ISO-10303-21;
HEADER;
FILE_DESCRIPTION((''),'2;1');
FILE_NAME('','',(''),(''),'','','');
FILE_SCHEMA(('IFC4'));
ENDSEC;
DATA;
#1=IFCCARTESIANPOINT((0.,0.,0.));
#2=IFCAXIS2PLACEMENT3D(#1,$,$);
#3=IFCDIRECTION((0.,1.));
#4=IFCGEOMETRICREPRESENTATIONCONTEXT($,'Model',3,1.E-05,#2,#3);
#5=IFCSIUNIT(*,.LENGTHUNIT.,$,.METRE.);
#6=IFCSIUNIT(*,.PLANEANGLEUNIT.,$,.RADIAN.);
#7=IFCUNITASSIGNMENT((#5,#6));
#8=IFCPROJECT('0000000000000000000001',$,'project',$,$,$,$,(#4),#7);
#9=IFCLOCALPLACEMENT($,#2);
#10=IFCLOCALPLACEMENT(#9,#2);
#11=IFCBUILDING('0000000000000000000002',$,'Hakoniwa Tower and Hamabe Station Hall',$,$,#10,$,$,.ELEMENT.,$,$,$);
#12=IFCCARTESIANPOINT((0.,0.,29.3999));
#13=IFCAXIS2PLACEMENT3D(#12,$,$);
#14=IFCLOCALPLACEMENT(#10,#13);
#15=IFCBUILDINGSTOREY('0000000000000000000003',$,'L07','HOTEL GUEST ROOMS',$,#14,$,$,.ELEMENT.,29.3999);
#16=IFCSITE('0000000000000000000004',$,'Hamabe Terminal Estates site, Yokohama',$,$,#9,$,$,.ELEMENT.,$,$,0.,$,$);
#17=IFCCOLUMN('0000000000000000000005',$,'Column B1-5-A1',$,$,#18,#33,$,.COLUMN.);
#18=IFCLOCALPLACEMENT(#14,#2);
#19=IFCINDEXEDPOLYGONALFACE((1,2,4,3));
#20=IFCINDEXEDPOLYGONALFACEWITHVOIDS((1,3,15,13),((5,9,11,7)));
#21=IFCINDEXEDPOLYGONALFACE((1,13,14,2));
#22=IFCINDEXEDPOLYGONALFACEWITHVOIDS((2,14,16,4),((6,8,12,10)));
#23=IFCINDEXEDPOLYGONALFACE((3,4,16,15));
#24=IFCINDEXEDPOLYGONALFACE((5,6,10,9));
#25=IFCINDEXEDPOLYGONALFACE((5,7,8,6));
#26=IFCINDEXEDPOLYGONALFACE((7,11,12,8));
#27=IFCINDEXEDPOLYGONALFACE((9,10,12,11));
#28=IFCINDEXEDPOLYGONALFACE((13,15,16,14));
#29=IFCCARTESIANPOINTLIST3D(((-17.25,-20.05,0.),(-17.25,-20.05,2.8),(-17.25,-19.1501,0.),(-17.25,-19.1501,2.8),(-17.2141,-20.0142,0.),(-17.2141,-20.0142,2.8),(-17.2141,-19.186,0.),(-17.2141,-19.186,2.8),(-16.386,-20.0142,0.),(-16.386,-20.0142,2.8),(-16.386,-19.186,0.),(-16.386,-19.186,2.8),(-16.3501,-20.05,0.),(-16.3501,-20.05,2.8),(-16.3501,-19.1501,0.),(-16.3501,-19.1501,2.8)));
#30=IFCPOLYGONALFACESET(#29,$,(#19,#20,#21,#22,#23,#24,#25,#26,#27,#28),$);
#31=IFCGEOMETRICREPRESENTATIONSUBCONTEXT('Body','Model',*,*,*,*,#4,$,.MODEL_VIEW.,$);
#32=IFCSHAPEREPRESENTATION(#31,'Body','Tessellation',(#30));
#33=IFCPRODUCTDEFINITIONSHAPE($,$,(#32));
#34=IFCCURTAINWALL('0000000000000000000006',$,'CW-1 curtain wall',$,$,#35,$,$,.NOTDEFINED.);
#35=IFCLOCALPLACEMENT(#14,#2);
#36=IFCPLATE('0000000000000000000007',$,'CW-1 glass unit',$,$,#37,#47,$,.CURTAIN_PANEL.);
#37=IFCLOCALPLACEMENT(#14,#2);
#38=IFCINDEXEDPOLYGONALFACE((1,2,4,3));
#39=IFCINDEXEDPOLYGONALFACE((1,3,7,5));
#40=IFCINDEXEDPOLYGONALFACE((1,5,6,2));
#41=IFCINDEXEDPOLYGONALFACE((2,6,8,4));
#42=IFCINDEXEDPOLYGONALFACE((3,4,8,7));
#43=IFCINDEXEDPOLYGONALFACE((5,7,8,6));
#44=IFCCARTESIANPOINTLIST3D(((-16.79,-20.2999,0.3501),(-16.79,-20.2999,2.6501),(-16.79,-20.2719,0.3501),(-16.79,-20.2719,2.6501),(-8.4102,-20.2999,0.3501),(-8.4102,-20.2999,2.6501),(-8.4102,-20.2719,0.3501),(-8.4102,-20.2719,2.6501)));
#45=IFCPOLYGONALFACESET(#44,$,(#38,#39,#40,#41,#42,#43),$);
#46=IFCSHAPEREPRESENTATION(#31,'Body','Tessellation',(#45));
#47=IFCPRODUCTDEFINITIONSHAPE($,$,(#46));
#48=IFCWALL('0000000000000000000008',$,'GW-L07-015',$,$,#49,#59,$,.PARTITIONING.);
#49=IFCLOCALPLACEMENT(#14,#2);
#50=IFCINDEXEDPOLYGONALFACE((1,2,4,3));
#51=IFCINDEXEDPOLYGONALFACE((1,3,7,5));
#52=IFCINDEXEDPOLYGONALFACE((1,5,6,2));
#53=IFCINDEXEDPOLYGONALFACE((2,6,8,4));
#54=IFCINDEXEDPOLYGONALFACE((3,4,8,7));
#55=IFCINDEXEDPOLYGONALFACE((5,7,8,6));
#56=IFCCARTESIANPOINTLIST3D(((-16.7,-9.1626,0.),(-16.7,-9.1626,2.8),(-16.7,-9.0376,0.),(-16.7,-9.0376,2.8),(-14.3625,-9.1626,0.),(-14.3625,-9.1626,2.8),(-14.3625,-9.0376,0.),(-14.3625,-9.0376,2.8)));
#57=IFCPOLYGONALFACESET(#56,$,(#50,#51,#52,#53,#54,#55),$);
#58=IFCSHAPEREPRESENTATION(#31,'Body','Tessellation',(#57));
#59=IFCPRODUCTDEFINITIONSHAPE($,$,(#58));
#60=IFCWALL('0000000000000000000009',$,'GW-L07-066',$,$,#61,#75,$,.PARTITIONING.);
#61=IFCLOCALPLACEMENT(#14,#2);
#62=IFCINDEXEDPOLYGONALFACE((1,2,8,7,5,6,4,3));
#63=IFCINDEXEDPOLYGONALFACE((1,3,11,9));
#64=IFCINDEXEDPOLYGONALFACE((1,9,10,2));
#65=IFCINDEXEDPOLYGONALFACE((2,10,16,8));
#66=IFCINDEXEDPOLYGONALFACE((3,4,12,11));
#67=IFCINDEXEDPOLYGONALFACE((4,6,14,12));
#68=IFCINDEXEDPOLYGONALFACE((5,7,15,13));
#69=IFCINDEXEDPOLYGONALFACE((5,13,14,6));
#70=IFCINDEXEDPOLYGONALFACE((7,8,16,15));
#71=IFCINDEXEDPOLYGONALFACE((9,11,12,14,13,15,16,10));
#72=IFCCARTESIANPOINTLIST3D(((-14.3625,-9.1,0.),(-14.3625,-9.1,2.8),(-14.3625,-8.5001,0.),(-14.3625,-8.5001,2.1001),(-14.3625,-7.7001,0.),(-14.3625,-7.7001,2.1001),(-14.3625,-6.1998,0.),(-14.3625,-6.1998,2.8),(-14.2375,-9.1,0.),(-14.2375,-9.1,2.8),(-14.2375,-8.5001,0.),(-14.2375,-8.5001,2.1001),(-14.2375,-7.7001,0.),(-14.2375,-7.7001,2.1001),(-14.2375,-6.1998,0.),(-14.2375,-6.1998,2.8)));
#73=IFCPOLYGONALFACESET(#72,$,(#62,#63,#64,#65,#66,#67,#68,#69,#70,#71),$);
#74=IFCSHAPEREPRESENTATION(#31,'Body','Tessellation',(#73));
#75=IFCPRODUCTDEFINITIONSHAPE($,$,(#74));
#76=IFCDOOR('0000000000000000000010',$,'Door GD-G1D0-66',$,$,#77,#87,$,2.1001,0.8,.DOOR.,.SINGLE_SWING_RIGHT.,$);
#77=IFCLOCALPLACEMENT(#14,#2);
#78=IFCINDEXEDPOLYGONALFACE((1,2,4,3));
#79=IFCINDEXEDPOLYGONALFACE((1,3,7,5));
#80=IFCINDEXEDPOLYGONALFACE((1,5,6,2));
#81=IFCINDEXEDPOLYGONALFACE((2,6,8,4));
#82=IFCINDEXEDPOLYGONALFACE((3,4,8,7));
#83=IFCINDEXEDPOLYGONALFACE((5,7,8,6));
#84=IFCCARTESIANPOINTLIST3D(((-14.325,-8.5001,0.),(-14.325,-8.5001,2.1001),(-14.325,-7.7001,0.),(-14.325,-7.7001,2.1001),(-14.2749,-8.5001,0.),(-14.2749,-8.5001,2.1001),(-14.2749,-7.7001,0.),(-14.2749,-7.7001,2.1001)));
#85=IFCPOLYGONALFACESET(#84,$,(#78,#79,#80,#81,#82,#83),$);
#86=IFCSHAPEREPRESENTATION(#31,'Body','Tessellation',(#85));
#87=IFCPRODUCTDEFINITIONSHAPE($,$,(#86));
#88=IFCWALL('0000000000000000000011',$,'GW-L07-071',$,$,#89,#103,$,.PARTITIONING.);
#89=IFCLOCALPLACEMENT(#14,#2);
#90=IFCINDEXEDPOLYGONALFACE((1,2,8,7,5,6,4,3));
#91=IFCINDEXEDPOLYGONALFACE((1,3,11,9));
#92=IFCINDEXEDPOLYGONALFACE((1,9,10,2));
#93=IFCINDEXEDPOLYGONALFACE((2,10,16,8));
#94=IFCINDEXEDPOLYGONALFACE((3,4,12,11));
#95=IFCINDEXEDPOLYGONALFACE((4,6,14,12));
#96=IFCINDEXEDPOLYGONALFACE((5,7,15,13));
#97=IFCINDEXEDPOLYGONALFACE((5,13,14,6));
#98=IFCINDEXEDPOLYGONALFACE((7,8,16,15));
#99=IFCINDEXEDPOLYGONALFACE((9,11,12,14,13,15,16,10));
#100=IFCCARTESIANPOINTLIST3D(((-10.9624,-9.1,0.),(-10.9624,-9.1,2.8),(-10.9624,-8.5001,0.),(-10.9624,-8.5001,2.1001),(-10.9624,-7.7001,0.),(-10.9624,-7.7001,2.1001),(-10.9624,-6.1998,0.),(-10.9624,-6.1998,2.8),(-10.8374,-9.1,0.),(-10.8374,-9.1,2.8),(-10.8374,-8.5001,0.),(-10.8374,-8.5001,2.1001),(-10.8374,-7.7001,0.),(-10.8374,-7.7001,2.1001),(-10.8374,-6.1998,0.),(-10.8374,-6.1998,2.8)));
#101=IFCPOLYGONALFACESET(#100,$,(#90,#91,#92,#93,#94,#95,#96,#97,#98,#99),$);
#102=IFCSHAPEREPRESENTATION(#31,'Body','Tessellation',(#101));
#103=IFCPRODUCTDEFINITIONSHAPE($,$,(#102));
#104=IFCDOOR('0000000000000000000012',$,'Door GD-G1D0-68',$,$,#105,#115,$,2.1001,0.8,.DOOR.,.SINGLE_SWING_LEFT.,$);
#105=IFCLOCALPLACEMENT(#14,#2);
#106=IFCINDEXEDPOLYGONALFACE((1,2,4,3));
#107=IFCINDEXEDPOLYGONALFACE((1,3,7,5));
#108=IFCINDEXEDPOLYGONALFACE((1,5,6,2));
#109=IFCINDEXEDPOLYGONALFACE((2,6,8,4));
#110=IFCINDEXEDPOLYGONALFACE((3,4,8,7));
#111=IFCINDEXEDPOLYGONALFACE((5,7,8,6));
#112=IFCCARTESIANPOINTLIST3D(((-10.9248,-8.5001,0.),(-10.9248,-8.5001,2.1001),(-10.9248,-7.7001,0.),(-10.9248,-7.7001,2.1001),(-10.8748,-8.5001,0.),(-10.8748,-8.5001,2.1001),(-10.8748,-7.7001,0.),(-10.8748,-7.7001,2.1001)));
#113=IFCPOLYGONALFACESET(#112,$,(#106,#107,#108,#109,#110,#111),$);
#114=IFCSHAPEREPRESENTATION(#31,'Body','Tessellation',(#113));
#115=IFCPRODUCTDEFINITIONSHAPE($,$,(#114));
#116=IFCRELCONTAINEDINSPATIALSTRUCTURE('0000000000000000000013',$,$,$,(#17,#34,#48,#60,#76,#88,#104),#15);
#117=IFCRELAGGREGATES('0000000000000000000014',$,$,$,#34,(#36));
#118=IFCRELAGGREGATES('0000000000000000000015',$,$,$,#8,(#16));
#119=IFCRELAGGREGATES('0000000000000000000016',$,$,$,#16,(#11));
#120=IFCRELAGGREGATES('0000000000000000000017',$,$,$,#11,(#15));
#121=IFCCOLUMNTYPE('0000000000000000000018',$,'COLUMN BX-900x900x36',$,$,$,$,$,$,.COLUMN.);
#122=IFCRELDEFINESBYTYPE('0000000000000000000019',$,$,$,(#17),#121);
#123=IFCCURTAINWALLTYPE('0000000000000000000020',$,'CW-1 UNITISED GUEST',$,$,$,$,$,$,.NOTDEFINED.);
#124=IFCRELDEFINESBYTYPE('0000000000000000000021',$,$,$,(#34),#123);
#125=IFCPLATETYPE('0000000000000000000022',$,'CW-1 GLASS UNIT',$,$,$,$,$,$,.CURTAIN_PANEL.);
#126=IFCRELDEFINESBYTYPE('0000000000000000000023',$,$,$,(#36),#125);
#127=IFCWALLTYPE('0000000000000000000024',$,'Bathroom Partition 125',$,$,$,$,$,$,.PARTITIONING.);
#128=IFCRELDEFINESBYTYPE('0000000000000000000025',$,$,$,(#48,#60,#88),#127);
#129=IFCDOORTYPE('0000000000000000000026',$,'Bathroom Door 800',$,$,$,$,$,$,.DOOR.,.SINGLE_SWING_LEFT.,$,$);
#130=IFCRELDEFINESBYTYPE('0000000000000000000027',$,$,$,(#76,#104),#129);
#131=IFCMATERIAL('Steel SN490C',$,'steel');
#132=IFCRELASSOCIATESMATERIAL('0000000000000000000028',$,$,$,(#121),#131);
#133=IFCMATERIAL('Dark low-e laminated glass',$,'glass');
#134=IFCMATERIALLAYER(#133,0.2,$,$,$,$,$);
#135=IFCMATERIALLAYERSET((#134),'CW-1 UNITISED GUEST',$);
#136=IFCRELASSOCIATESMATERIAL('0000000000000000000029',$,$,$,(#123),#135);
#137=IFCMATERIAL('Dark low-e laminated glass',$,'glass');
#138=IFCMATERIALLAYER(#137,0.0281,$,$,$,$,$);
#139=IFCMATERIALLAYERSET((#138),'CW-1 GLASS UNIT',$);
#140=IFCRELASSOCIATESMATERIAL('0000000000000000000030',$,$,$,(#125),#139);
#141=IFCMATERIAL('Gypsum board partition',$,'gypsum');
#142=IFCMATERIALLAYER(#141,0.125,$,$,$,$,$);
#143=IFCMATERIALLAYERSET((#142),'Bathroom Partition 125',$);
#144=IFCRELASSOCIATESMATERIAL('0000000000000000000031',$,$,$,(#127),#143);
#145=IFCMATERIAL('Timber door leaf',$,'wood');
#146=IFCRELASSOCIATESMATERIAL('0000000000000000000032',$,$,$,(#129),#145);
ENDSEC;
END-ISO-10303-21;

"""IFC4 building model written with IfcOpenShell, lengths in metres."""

from ifc_helpers import new_model, si_unit, direction, frame, frame_2d, origin, origin_2d, place, context, subcontext, project, spatial, rectangle, hollow_rectangle, extrude, material, layer, layer_set, material_profile, profile_set, type_object, element, fill, aggregate, save


model = new_model("IFC4")

# Units and contexts
model_context = context("Model", 3, precision=1e-05, world=origin(), true_north=direction((0.0, 1.0)))
body_context = subcontext(model_context, "Body", "Model", "MODEL_VIEW")
ifc_project = project(units=[si_unit("LENGTHUNIT", "METRE"), si_unit("PLANEANGLEUNIT", "RADIAN")], contexts=[model_context])

# Site, building, storey
site_placement = place(None, origin())
site = spatial("IfcSite", under=ifc_project, at=site_placement, Name="Hamabe Terminal Estates site, Yokohama", CompositionType="ELEMENT", RefElevation=0.0)
building_placement = place(site_placement, origin())
building = spatial("IfcBuilding", under=site, at=building_placement, Name="Hakoniwa Tower and Hamabe Station Hall", CompositionType="ELEMENT")
storey_placement = place(building_placement, frame((0.0, 0.0, 29.3999)))
storey = spatial("IfcBuildingStorey", under=building, at=storey_placement, Name="L07", Description="HOTEL GUEST ROOMS", CompositionType="ELEMENT", Elevation=29.3999)

# Column
ifc_material_1 = material(Name="Steel SN490C", Category="steel")
ifc_material_profile = material_profile(ifc_material_1, hollow_rectangle(XDim=0.8999, YDim=0.8999, WallThickness=0.0359, at=origin_2d()), Name="BX-900x900x36")
ifc_profile_set = profile_set([ifc_material_profile], Name="Steel SN490C")
column_type = type_object("IfcColumnType", Name="COLUMN BX-900x900x36", PredefinedType="COLUMN", material=ifc_profile_set)
column_placement = place(storey_placement, frame((-16.8, -19.6001, 0.0), z_axis=(0.0, 0.0, 1.0), x_axis=(1.0, 0.0, 0.0)))
element("IfcColumn", 1, at=column_placement, inside=storey, type_object=column_type, Name="Column B1-5-A1", PredefinedType="COLUMN", context=body_context, shape_type="SweptSolid", body=[
    extrude(hollow_rectangle(XDim=0.8999, YDim=0.8999, WallThickness=0.0359, at=origin_2d()), origin(), (0.0, 0.0, 1.0), 2.8),
])

# Curtain wall, plate
ifc_material_2 = material(Name="Dark low-e laminated glass", Category="glass")
ifc_layer_1 = layer(ifc_material_2, 0.2)
ifc_layer_set_1 = layer_set([ifc_layer_1], Name="CW-1 UNITISED GUEST")
curtain_wall_type = type_object("IfcCurtainWallType", Name="CW-1 UNITISED GUEST", PredefinedType="NOTDEFINED", material=ifc_layer_set_1)
curtain_wall_placement = place(storey_placement, origin())
curtain_wall = element("IfcCurtainWall", 2, at=curtain_wall_placement, inside=storey, type_object=curtain_wall_type, Name="CW-1 curtain wall", PredefinedType="NOTDEFINED")
ifc_material_3 = material(Name="Dark low-e laminated glass", Category="glass")
ifc_layer_2 = layer(ifc_material_3, 0.0281)
ifc_layer_set_2 = layer_set([ifc_layer_2], Name="CW-1 GLASS UNIT")
plate_type = type_object("IfcPlateType", Name="CW-1 GLASS UNIT", PredefinedType="CURTAIN_PANEL", material=ifc_layer_set_2)
plate_placement = place(storey_placement, frame((-12.6001, -20.2859, 0.3501), z_axis=(0.0, 0.0, 1.0), x_axis=(1.0, 0.0, 0.0)))
plate = element("IfcPlate", 3, at=plate_placement, type_object=plate_type, Name="CW-1 glass unit", PredefinedType="CURTAIN_PANEL", context=body_context, shape_type="SweptSolid", body=[
    extrude(rectangle(XDim=8.3799, YDim=0.0281, at=origin_2d()), origin(), (0.0, 0.0, 1.0), 2.3),
])
aggregate(curtain_wall, [plate])

# Wall
ifc_material_4 = material(Name="Gypsum board partition", Category="gypsum")
ifc_layer_3 = layer(ifc_material_4, 0.125)
ifc_layer_set_3 = layer_set([ifc_layer_3], Name="Bathroom Partition 125")
wall_type_1 = type_object("IfcWallType", Name="Bathroom Partition 125", PredefinedType="PARTITIONING", material=ifc_layer_set_3)
wall_1_placement = place(storey_placement, frame((-16.7, -9.1001, 0.0), z_axis=(0.0, 0.0, 1.0), x_axis=(1.0, 0.0, 0.0)))
element("IfcWall", 4, at=wall_1_placement, inside=storey, type_object=wall_type_1, Name="GW-L07-015", PredefinedType="PARTITIONING", context=body_context, shape_type="SweptSolid", body=[
    extrude(rectangle(XDim=2.3374, YDim=0.125, at=frame_2d((1.1687, 0.0))), origin(), (0.0, 0.0, 1.0), 2.8),
])

# Walls, openings, doors
wall_2_placement = place(storey_placement, frame((-14.3, -9.1001, 0.0), z_axis=(0.0, 0.0, 1.0), x_axis=(0.0, 1.0, 0.0)))
wall_2 = element("IfcWall", 5, at=wall_2_placement, inside=storey, type_object=wall_type_1, Name="GW-L07-066", PredefinedType="PARTITIONING", context=body_context, shape_type="SweptSolid", body=[
    extrude(rectangle(XDim=2.9001, YDim=0.125, at=frame_2d((1.4502, 0.0))), origin(), (0.0, 0.0, 1.0), 2.8),
])
opening_1_placement = place(wall_2_placement, frame((0.6001, 0.0, 0.0)))
opening_1 = element("IfcOpeningElement", 6, at=opening_1_placement, cuts=wall_2, PredefinedType="OPENING", context=body_context, shape_type="SweptSolid", body=[
    extrude(rectangle(XDim=0.8, YDim=2.1001, at=frame_2d((0.3999, 1.05))), frame((0.0, 0.0725, 0.0), z_axis=(0.0, -1.0, 0.0), x_axis=(1.0, 0.0, 0.0)), (0.0, 0.0, 1.0), 0.145),
])
ifc_material_5 = material(Name="Timber door leaf", Category="wood")
door_type_1 = type_object("IfcDoorType", Name="Bathroom Door 800", OperationType="SINGLE_SWING_LEFT", PredefinedType="DOOR", material=ifc_material_5)
door_1_placement = place(opening_1_placement, origin())
door_1 = element("IfcDoor", 7, at=door_1_placement, inside=storey, type_object=door_type_1, Name="Door GD-G1D0-66", OperationType="SINGLE_SWING_RIGHT", OverallHeight=2.1001, OverallWidth=0.8, PredefinedType="DOOR", context=body_context, shape_type="SweptSolid", body=[
    extrude(rectangle(XDim=0.8, YDim=2.1001, at=frame_2d((0.3999, 1.05))), frame((0.0, 0.0249, 0.0), z_axis=(0.0, -1.0, 0.0), x_axis=(1.0, 0.0, 0.0)), (0.0, 0.0, 1.0), 0.05),
])
fill(opening_1, door_1)
wall_3_placement = place(storey_placement, frame((-10.8999, -9.1001, 0.0), z_axis=(0.0, 0.0, 1.0), x_axis=(0.0, 1.0, 0.0)))
wall_3 = element("IfcWall", 8, at=wall_3_placement, inside=storey, type_object=wall_type_1, Name="GW-L07-071", PredefinedType="PARTITIONING", context=body_context, shape_type="SweptSolid", body=[
    extrude(rectangle(XDim=2.9001, YDim=0.125, at=frame_2d((1.4502, 0.0))), origin(), (0.0, 0.0, 1.0), 2.8),
])
opening_2_placement = place(wall_3_placement, frame((0.6001, 0.0, 0.0)))
opening_2 = element("IfcOpeningElement", 9, at=opening_2_placement, cuts=wall_3, PredefinedType="OPENING", context=body_context, shape_type="SweptSolid", body=[
    extrude(rectangle(XDim=0.8, YDim=2.1001, at=frame_2d((0.3999, 1.05))), frame((0.0, 0.0725, 0.0), z_axis=(0.0, -1.0, 0.0), x_axis=(1.0, 0.0, 0.0)), (0.0, 0.0, 1.0), 0.145),
])
door_2_placement = place(opening_2_placement, origin())
door_2 = element("IfcDoor", 10, at=door_2_placement, inside=storey, type_object=door_type_1, Name="Door GD-G1D0-68", OperationType="SINGLE_SWING_LEFT", OverallHeight=2.1001, OverallWidth=0.8, PredefinedType="DOOR", context=body_context, shape_type="SweptSolid", body=[
    extrude(rectangle(XDim=0.8, YDim=2.1001, at=frame_2d((0.3999, 1.05))), frame((0.0, 0.0249, 0.0), z_axis=(0.0, -1.0, 0.0), x_axis=(1.0, 0.0, 0.0)), (0.0, 0.0, 1.0), 0.05),
])
fill(opening_2, door_2)

save(model, "model.ifc")
